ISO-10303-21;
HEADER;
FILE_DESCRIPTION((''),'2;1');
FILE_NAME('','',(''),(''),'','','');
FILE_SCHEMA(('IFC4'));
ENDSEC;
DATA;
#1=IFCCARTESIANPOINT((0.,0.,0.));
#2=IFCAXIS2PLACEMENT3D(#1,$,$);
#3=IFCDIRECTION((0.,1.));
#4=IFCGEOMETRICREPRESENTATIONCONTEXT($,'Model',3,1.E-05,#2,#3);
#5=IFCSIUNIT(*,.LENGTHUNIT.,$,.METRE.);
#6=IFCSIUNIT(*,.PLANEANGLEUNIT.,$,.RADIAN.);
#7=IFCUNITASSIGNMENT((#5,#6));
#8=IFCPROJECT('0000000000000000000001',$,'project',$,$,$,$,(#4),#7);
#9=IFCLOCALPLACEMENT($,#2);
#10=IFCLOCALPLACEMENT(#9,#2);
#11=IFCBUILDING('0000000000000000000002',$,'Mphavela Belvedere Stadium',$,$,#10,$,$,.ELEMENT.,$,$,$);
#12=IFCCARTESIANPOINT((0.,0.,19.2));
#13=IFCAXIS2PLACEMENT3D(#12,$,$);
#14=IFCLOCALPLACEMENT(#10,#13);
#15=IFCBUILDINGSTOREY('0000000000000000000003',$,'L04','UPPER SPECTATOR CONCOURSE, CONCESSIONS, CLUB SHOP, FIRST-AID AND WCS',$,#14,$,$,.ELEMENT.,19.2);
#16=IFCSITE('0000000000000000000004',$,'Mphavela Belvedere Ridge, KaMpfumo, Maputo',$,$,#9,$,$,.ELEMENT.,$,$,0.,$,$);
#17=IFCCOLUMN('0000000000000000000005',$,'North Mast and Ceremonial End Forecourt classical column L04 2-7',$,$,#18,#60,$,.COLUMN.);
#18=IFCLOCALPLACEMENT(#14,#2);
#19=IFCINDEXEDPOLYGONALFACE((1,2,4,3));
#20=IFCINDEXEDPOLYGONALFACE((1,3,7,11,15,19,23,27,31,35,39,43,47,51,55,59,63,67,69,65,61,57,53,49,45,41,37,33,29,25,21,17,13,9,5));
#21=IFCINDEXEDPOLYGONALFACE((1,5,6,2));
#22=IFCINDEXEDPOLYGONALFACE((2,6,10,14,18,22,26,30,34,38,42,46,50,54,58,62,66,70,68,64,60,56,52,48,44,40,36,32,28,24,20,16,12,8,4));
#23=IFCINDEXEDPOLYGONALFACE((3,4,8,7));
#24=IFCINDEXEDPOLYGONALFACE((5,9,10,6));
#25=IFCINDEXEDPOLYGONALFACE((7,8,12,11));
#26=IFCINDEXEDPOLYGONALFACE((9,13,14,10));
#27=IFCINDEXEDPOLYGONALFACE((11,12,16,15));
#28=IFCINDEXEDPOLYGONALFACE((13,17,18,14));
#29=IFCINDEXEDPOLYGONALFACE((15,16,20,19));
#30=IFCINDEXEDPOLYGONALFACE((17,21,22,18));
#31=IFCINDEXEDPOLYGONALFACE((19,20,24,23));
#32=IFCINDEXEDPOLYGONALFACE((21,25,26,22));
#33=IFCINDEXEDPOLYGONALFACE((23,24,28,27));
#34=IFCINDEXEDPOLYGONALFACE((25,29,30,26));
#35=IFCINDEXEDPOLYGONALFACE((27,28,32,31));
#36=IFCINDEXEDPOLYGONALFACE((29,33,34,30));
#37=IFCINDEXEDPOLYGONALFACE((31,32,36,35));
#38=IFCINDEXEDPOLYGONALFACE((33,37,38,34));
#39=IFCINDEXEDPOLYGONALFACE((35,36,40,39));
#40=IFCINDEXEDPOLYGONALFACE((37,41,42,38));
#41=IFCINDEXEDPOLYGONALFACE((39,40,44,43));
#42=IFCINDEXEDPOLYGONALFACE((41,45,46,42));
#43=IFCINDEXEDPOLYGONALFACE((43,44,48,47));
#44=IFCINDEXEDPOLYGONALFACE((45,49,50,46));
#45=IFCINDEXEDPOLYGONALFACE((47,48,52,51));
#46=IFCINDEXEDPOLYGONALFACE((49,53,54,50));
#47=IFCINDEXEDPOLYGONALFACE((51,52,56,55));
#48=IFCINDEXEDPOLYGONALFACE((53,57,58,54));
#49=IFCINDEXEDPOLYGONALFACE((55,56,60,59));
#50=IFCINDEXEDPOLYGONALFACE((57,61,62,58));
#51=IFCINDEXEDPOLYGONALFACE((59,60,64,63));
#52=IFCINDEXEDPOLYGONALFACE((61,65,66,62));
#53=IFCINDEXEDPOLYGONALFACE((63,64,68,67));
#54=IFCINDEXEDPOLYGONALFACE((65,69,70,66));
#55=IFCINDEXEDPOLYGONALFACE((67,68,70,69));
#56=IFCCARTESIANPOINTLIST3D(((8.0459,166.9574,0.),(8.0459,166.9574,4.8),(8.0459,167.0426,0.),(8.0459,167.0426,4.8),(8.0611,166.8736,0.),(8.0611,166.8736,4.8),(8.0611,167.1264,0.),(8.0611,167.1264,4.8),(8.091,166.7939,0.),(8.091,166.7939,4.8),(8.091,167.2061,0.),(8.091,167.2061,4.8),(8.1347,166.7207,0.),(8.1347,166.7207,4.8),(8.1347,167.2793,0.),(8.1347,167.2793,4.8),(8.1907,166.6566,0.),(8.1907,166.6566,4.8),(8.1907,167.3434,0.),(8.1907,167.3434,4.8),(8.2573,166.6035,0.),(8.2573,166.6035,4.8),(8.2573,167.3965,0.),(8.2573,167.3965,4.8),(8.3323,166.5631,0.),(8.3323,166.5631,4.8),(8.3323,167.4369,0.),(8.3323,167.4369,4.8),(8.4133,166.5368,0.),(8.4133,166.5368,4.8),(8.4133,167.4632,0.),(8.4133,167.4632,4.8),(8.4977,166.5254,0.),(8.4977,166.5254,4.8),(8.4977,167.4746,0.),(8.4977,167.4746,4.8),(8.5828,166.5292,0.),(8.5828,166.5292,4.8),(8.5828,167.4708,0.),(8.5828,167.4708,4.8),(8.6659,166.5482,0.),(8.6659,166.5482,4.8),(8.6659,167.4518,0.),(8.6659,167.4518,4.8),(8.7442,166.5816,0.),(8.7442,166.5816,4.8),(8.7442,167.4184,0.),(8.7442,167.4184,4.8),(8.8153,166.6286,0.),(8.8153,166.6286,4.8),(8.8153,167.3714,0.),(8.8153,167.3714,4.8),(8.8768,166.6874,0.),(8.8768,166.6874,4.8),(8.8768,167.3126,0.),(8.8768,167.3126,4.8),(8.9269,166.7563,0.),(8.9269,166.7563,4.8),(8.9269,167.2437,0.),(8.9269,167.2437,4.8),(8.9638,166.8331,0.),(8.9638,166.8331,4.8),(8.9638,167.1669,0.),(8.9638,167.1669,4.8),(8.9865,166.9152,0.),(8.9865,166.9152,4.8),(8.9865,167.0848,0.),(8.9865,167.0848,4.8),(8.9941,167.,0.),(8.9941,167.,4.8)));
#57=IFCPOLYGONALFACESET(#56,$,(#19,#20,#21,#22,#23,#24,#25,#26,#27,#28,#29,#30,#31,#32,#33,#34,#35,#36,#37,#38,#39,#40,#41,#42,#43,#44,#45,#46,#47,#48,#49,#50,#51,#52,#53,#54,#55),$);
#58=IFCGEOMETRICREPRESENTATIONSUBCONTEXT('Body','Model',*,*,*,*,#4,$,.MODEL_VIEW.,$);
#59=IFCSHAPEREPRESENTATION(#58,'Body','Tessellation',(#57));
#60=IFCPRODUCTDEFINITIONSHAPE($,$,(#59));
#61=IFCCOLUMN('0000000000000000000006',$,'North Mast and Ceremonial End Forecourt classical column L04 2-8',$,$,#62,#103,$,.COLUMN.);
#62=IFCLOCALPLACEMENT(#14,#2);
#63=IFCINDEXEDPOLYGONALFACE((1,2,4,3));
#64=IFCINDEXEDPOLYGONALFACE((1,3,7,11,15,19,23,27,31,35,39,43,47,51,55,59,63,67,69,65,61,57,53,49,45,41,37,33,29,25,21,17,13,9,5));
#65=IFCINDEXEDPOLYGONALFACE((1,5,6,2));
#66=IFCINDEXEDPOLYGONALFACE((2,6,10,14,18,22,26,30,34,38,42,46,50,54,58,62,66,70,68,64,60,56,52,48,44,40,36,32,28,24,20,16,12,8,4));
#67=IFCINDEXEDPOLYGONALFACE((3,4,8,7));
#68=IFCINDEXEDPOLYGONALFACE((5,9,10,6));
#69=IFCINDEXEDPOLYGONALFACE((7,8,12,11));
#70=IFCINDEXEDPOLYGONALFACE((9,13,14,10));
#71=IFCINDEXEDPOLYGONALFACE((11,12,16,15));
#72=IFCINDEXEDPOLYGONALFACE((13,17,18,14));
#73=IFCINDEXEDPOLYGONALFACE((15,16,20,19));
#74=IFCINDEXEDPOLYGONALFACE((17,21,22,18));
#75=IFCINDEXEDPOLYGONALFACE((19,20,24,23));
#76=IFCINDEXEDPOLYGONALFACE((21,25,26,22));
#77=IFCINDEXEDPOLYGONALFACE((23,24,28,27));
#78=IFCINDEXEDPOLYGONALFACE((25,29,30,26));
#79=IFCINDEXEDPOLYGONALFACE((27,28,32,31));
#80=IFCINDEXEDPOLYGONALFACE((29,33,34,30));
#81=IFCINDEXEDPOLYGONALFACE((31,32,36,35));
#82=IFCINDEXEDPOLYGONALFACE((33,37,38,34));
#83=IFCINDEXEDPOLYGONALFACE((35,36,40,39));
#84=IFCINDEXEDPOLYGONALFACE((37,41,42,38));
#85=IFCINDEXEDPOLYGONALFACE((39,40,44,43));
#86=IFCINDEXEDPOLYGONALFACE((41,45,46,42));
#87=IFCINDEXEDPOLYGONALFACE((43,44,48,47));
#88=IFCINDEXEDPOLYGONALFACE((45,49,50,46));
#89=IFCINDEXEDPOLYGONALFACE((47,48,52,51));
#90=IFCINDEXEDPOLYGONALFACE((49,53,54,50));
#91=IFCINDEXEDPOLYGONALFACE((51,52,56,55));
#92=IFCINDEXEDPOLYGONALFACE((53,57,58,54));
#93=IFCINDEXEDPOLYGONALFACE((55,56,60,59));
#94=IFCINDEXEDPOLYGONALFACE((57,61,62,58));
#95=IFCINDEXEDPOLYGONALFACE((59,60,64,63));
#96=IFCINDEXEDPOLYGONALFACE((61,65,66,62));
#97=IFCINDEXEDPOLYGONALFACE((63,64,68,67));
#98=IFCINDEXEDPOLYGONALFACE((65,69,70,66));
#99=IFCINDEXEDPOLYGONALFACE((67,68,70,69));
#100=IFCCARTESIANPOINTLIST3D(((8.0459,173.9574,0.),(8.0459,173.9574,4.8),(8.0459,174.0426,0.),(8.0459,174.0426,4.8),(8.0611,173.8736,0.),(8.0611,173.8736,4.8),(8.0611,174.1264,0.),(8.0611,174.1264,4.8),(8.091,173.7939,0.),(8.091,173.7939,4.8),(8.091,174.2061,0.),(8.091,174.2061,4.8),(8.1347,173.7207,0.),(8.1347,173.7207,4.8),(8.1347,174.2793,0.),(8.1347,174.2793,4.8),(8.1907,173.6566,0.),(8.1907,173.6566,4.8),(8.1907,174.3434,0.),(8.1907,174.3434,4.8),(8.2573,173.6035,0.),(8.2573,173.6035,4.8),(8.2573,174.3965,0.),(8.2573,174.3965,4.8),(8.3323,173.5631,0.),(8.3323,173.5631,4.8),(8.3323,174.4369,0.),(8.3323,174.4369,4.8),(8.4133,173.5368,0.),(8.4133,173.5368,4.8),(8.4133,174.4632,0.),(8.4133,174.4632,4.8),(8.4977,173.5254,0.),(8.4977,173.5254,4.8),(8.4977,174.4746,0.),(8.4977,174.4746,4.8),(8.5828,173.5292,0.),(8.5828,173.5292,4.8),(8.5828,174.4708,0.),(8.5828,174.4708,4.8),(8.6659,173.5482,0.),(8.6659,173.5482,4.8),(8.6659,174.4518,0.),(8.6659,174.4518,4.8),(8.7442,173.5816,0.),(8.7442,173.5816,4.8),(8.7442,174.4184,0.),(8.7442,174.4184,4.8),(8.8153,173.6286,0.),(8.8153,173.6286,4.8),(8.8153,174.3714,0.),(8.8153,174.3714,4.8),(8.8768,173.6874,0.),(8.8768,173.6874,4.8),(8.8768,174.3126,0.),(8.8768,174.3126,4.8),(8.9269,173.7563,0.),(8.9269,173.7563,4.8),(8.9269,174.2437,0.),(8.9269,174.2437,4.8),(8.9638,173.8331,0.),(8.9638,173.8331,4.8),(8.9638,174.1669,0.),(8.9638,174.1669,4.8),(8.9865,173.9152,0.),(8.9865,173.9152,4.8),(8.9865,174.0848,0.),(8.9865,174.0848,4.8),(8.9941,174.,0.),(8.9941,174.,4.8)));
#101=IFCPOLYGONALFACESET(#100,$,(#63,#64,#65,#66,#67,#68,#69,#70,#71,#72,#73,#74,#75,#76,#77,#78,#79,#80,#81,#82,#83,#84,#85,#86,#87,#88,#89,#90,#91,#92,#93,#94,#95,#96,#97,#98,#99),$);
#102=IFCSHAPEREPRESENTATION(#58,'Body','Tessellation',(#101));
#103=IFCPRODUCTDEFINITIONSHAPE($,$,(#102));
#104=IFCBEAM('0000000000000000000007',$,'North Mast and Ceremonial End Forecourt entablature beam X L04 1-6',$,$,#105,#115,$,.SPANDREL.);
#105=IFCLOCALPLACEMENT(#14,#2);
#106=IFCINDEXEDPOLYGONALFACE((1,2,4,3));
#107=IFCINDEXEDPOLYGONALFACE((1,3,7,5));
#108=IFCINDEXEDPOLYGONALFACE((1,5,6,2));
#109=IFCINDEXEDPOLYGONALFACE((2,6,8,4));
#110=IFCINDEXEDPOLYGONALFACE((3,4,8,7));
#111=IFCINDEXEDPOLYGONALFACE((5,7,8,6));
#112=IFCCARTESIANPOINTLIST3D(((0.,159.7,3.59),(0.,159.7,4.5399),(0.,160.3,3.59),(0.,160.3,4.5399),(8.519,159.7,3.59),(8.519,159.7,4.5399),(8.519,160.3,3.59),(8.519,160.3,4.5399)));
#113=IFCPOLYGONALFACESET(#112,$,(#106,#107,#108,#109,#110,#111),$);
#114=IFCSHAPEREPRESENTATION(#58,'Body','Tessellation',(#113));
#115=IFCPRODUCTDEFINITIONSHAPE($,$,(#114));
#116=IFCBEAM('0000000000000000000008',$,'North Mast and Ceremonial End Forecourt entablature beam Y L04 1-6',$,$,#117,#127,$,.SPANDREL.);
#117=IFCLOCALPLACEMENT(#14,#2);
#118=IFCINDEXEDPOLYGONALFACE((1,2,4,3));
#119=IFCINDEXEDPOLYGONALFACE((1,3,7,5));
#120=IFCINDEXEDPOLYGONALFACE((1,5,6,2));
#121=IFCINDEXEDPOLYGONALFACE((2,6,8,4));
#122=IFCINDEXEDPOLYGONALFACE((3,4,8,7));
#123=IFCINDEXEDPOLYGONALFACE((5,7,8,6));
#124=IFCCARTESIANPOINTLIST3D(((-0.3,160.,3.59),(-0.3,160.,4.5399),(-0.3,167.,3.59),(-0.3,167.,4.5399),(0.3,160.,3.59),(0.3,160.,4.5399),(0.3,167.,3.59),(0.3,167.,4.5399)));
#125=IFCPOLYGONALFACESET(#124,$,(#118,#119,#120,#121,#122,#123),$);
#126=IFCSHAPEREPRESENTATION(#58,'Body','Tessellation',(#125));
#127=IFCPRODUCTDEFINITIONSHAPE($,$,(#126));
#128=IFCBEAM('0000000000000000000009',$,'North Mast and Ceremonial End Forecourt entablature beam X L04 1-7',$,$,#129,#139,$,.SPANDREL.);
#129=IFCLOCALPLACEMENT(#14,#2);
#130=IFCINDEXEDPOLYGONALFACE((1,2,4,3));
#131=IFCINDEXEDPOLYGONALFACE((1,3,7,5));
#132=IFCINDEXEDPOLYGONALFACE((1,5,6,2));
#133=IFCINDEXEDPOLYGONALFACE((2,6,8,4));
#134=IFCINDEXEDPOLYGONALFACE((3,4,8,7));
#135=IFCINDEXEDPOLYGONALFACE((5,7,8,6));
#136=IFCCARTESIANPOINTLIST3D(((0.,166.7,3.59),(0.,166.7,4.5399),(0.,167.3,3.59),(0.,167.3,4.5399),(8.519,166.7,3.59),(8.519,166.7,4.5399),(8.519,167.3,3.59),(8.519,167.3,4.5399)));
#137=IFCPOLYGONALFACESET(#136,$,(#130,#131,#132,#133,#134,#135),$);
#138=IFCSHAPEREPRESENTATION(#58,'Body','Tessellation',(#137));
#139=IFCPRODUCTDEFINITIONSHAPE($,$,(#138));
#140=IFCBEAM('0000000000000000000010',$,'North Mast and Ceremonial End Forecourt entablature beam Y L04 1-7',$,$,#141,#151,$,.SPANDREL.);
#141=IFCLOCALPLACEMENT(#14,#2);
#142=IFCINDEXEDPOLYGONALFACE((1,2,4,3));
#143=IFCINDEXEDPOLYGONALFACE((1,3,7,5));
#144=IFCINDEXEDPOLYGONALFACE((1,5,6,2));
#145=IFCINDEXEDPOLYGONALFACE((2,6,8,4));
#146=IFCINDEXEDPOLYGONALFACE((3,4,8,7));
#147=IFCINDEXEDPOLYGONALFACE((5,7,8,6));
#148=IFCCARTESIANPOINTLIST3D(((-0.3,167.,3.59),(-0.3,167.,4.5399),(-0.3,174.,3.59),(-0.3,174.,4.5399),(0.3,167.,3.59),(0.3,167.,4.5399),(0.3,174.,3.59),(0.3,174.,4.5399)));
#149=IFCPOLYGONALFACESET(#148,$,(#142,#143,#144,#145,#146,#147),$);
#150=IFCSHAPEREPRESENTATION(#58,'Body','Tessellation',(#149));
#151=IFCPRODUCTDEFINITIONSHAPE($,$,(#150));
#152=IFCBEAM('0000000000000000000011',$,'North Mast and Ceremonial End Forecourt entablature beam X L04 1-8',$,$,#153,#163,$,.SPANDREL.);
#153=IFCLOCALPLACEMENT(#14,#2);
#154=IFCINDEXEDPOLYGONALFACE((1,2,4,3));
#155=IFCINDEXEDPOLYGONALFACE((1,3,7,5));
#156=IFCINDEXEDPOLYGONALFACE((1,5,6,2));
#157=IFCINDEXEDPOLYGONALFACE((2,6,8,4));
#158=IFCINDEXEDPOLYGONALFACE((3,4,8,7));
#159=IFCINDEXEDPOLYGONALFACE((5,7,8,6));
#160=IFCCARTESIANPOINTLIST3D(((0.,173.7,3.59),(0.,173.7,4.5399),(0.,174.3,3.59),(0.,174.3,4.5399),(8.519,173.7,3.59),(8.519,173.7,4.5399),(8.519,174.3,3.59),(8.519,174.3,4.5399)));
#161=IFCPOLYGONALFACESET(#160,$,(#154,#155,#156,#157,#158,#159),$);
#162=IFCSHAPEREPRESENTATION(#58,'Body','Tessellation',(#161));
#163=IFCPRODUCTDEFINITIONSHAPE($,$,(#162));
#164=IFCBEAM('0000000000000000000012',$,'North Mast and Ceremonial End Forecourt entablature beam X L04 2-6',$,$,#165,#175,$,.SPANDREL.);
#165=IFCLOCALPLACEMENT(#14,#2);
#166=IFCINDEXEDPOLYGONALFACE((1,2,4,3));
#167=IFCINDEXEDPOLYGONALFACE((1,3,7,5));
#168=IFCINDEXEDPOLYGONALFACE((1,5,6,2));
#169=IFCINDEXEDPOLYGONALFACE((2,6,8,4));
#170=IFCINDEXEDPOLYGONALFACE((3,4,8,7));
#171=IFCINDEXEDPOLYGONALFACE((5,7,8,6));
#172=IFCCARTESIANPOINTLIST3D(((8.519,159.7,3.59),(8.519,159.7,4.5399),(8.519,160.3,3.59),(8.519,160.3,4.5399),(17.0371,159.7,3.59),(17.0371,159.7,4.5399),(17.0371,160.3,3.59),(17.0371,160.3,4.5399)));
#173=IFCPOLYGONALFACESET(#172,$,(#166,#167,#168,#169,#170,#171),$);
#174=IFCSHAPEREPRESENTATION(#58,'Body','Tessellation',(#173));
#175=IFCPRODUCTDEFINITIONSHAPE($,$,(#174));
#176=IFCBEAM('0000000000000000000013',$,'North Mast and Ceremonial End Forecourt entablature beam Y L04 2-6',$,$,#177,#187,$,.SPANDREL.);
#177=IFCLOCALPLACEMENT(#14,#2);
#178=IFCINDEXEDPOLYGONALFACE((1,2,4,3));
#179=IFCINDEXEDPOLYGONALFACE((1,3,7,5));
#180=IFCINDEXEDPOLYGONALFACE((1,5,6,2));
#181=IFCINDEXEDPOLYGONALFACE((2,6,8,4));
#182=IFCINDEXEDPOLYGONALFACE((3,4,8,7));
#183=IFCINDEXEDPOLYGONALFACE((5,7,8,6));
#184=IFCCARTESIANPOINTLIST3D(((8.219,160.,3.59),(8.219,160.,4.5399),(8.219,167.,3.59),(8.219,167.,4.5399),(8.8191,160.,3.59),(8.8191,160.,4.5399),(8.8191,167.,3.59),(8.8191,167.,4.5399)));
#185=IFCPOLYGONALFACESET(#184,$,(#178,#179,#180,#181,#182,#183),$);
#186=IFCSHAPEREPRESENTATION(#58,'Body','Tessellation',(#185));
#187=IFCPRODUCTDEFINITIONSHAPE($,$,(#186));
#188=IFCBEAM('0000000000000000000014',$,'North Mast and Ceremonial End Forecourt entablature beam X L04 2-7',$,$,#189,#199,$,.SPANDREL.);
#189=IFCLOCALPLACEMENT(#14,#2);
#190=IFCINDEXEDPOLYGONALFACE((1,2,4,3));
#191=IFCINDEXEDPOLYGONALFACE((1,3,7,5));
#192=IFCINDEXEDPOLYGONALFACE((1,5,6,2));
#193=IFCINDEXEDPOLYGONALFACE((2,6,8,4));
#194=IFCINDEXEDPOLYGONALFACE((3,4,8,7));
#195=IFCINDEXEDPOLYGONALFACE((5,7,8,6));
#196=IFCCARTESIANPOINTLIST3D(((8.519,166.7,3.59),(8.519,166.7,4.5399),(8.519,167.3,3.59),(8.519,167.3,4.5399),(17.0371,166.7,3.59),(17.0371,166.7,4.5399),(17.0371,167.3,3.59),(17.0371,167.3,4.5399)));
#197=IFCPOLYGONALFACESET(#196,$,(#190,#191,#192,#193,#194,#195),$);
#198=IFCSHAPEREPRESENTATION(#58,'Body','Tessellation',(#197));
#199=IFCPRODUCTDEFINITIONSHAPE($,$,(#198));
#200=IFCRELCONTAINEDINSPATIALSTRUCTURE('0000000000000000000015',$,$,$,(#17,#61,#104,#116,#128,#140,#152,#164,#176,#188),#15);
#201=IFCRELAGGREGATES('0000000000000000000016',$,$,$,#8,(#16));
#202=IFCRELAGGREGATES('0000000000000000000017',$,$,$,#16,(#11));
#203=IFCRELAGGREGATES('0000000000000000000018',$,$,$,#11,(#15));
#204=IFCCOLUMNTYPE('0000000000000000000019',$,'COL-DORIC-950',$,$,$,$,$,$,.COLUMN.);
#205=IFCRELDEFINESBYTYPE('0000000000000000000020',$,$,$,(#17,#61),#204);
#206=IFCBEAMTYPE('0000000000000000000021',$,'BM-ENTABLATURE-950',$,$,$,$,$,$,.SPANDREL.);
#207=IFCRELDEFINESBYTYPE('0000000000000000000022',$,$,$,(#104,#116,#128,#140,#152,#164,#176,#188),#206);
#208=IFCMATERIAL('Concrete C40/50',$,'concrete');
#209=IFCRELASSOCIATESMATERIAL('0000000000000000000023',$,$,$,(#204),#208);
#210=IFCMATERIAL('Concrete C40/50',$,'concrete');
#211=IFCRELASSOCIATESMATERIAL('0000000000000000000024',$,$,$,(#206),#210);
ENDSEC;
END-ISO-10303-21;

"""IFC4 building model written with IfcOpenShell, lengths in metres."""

from ifc_helpers import new_model, si_unit, direction, frame, origin, origin_2d, place, context, subcontext, project, spatial, rectangle, circle, extrude, material, material_profile, profile_set, type_object, element, save


model = new_model("IFC4")

# Units and contexts
model_context = context("Model", 3, precision=1e-05, world=origin(), true_north=direction((0.0, 1.0)))
body_context = subcontext(model_context, "Body", "Model", "MODEL_VIEW")
ifc_project = project(units=[si_unit("LENGTHUNIT", "METRE"), si_unit("PLANEANGLEUNIT", "RADIAN")], contexts=[model_context])

# Site, building, storey
site_placement = place(None, origin())
site = spatial("IfcSite", under=ifc_project, at=site_placement, Name="Mphavela Belvedere Ridge, KaMpfumo, Maputo", CompositionType="ELEMENT", RefElevation=0.0)
building_placement = place(site_placement, origin())
building = spatial("IfcBuilding", under=site, at=building_placement, Name="Mphavela Belvedere Stadium", CompositionType="ELEMENT")
storey_placement = place(building_placement, frame((0.0, 0.0, 19.2)))
storey = spatial("IfcBuildingStorey", under=building, at=storey_placement, Name="L04", Description="UPPER SPECTATOR CONCOURSE, CONCESSIONS, CLUB SHOP, FIRST-AID AND WCS", CompositionType="ELEMENT", Elevation=19.2)

# Columns
ifc_material_1 = material(Name="Concrete C40/50", Category="concrete")
ifc_material_profile_1 = material_profile(ifc_material_1, circle(Radius=0.4751, at=origin_2d()), Name="COL D950")
ifc_profile_set_1 = profile_set([ifc_material_profile_1], Name="Concrete C40/50")
column_type = type_object("IfcColumnType", Name="COL-DORIC-950", PredefinedType="COLUMN", material=ifc_profile_set_1)
for number, where, z_axis, x_axis, name in (
    (1, (8.519, 167.0, 0.0), (0.0, 0.0, 1.0), (1.0, 0.0, 0.0), "North Mast and Ceremonial End Forecourt classical column L04 2-7"),
    (2, (8.519, 174.0, 0.0), (0.0, 0.0, 1.0), (1.0, 0.0, 0.0), "North Mast and Ceremonial End Forecourt classical column L04 2-8"),
):
    element("IfcColumn", number, at=place(storey_placement, frame(where, z_axis=z_axis, x_axis=x_axis)), inside=storey, type_object=column_type, Name=name, PredefinedType="COLUMN", context=body_context, shape_type="SweptSolid", body=[
        extrude(circle(Radius=0.4751, at=origin_2d()), origin(), (0.0, 0.0, 1.0), 4.8),
    ])

# Beams
ifc_material_2 = material(Name="Concrete C40/50", Category="concrete")
ifc_material_profile_2 = material_profile(ifc_material_2, rectangle(XDim=0.6001, YDim=0.95, at=origin_2d()), Name="RC 600x950")
ifc_profile_set_2 = profile_set([ifc_material_profile_2], Name="Concrete C40/50")
beam_type_1 = type_object("IfcBeamType", Name="BM-ENTABLATURE-950", PredefinedType="SPANDREL", material=ifc_profile_set_2)
beam_1_placement = place(storey_placement, frame((0.0, 160.0, 4.0649), z_axis=(1.0, 0.0, 0.0), x_axis=(0.0, 1.0, 0.0)))
element("IfcBeam", 3, at=beam_1_placement, inside=storey, type_object=beam_type_1, Name="North Mast and Ceremonial End Forecourt entablature beam X L04 1-6", PredefinedType="SPANDREL", context=body_context, shape_type="SweptSolid", body=[
    extrude(rectangle(XDim=0.6001, YDim=0.95, at=origin_2d()), origin(), (0.0, 0.0, 1.0), 8.519),
])
beam_2_placement = place(storey_placement, frame((0.0, 160.0, 4.0649), z_axis=(0.0, 1.0, 0.0), x_axis=(-1.0, 0.0, 0.0)))
element("IfcBeam", 4, at=beam_2_placement, inside=storey, type_object=beam_type_1, Name="North Mast and Ceremonial End Forecourt entablature beam Y L04 1-6", PredefinedType="SPANDREL", context=body_context, shape_type="SweptSolid", body=[
    extrude(rectangle(XDim=0.6001, YDim=0.95, at=origin_2d()), origin(), (0.0, 0.0, 1.0), 7.0),
])
beam_3_placement = place(storey_placement, frame((0.0, 167.0, 4.0649), z_axis=(1.0, 0.0, 0.0), x_axis=(0.0, 1.0, 0.0)))
element("IfcBeam", 5, at=beam_3_placement, inside=storey, type_object=beam_type_1, Name="North Mast and Ceremonial End Forecourt entablature beam X L04 1-7", PredefinedType="SPANDREL", context=body_context, shape_type="SweptSolid", body=[
    extrude(rectangle(XDim=0.6001, YDim=0.95, at=origin_2d()), origin(), (0.0, 0.0, 1.0), 8.519),
])
beam_4_placement = place(storey_placement, frame((0.0, 167.0, 4.0649), z_axis=(0.0, 1.0, 0.0), x_axis=(-1.0, 0.0, 0.0)))
element("IfcBeam", 6, at=beam_4_placement, inside=storey, type_object=beam_type_1, Name="North Mast and Ceremonial End Forecourt entablature beam Y L04 1-7", PredefinedType="SPANDREL", context=body_context, shape_type="SweptSolid", body=[
    extrude(rectangle(XDim=0.6001, YDim=0.95, at=origin_2d()), origin(), (0.0, 0.0, 1.0), 7.0),
])
beam_5_placement = place(storey_placement, frame((0.0, 174.0, 4.0649), z_axis=(1.0, 0.0, 0.0), x_axis=(0.0, 1.0, 0.0)))
element("IfcBeam", 7, at=beam_5_placement, inside=storey, type_object=beam_type_1, Name="North Mast and Ceremonial End Forecourt entablature beam X L04 1-8", PredefinedType="SPANDREL", context=body_context, shape_type="SweptSolid", body=[
    extrude(rectangle(XDim=0.6001, YDim=0.95, at=origin_2d()), origin(), (0.0, 0.0, 1.0), 8.519),
])
beam_6_placement = place(storey_placement, frame((8.519, 160.0, 4.0649), z_axis=(1.0, 0.0, 0.0), x_axis=(0.0, 1.0, 0.0)))
element("IfcBeam", 8, at=beam_6_placement, inside=storey, type_object=beam_type_1, Name="North Mast and Ceremonial End Forecourt entablature beam X L04 2-6", PredefinedType="SPANDREL", context=body_context, shape_type="SweptSolid", body=[
    extrude(rectangle(XDim=0.6001, YDim=0.95, at=origin_2d()), origin(), (0.0, 0.0, 1.0), 8.5181),
])
beam_7_placement = place(storey_placement, frame((8.519, 160.0, 4.0649), z_axis=(0.0, 1.0, 0.0), x_axis=(-1.0, 0.0, 0.0)))
element("IfcBeam", 9, at=beam_7_placement, inside=storey, type_object=beam_type_1, Name="North Mast and Ceremonial End Forecourt entablature beam Y L04 2-6", PredefinedType="SPANDREL", context=body_context, shape_type="SweptSolid", body=[
    extrude(rectangle(XDim=0.6001, YDim=0.95, at=origin_2d()), origin(), (0.0, 0.0, 1.0), 7.0),
])
beam_8_placement = place(storey_placement, frame((8.519, 167.0, 4.0649), z_axis=(1.0, 0.0, 0.0), x_axis=(0.0, 1.0, 0.0)))
element("IfcBeam", 10, at=beam_8_placement, inside=storey, type_object=beam_type_1, Name="North Mast and Ceremonial End Forecourt entablature beam X L04 2-7", PredefinedType="SPANDREL", context=body_context, shape_type="SweptSolid", body=[
    extrude(rectangle(XDim=0.6001, YDim=0.95, at=origin_2d()), origin(), (0.0, 0.0, 1.0), 8.5181),
])

save(model, "model.ifc")
